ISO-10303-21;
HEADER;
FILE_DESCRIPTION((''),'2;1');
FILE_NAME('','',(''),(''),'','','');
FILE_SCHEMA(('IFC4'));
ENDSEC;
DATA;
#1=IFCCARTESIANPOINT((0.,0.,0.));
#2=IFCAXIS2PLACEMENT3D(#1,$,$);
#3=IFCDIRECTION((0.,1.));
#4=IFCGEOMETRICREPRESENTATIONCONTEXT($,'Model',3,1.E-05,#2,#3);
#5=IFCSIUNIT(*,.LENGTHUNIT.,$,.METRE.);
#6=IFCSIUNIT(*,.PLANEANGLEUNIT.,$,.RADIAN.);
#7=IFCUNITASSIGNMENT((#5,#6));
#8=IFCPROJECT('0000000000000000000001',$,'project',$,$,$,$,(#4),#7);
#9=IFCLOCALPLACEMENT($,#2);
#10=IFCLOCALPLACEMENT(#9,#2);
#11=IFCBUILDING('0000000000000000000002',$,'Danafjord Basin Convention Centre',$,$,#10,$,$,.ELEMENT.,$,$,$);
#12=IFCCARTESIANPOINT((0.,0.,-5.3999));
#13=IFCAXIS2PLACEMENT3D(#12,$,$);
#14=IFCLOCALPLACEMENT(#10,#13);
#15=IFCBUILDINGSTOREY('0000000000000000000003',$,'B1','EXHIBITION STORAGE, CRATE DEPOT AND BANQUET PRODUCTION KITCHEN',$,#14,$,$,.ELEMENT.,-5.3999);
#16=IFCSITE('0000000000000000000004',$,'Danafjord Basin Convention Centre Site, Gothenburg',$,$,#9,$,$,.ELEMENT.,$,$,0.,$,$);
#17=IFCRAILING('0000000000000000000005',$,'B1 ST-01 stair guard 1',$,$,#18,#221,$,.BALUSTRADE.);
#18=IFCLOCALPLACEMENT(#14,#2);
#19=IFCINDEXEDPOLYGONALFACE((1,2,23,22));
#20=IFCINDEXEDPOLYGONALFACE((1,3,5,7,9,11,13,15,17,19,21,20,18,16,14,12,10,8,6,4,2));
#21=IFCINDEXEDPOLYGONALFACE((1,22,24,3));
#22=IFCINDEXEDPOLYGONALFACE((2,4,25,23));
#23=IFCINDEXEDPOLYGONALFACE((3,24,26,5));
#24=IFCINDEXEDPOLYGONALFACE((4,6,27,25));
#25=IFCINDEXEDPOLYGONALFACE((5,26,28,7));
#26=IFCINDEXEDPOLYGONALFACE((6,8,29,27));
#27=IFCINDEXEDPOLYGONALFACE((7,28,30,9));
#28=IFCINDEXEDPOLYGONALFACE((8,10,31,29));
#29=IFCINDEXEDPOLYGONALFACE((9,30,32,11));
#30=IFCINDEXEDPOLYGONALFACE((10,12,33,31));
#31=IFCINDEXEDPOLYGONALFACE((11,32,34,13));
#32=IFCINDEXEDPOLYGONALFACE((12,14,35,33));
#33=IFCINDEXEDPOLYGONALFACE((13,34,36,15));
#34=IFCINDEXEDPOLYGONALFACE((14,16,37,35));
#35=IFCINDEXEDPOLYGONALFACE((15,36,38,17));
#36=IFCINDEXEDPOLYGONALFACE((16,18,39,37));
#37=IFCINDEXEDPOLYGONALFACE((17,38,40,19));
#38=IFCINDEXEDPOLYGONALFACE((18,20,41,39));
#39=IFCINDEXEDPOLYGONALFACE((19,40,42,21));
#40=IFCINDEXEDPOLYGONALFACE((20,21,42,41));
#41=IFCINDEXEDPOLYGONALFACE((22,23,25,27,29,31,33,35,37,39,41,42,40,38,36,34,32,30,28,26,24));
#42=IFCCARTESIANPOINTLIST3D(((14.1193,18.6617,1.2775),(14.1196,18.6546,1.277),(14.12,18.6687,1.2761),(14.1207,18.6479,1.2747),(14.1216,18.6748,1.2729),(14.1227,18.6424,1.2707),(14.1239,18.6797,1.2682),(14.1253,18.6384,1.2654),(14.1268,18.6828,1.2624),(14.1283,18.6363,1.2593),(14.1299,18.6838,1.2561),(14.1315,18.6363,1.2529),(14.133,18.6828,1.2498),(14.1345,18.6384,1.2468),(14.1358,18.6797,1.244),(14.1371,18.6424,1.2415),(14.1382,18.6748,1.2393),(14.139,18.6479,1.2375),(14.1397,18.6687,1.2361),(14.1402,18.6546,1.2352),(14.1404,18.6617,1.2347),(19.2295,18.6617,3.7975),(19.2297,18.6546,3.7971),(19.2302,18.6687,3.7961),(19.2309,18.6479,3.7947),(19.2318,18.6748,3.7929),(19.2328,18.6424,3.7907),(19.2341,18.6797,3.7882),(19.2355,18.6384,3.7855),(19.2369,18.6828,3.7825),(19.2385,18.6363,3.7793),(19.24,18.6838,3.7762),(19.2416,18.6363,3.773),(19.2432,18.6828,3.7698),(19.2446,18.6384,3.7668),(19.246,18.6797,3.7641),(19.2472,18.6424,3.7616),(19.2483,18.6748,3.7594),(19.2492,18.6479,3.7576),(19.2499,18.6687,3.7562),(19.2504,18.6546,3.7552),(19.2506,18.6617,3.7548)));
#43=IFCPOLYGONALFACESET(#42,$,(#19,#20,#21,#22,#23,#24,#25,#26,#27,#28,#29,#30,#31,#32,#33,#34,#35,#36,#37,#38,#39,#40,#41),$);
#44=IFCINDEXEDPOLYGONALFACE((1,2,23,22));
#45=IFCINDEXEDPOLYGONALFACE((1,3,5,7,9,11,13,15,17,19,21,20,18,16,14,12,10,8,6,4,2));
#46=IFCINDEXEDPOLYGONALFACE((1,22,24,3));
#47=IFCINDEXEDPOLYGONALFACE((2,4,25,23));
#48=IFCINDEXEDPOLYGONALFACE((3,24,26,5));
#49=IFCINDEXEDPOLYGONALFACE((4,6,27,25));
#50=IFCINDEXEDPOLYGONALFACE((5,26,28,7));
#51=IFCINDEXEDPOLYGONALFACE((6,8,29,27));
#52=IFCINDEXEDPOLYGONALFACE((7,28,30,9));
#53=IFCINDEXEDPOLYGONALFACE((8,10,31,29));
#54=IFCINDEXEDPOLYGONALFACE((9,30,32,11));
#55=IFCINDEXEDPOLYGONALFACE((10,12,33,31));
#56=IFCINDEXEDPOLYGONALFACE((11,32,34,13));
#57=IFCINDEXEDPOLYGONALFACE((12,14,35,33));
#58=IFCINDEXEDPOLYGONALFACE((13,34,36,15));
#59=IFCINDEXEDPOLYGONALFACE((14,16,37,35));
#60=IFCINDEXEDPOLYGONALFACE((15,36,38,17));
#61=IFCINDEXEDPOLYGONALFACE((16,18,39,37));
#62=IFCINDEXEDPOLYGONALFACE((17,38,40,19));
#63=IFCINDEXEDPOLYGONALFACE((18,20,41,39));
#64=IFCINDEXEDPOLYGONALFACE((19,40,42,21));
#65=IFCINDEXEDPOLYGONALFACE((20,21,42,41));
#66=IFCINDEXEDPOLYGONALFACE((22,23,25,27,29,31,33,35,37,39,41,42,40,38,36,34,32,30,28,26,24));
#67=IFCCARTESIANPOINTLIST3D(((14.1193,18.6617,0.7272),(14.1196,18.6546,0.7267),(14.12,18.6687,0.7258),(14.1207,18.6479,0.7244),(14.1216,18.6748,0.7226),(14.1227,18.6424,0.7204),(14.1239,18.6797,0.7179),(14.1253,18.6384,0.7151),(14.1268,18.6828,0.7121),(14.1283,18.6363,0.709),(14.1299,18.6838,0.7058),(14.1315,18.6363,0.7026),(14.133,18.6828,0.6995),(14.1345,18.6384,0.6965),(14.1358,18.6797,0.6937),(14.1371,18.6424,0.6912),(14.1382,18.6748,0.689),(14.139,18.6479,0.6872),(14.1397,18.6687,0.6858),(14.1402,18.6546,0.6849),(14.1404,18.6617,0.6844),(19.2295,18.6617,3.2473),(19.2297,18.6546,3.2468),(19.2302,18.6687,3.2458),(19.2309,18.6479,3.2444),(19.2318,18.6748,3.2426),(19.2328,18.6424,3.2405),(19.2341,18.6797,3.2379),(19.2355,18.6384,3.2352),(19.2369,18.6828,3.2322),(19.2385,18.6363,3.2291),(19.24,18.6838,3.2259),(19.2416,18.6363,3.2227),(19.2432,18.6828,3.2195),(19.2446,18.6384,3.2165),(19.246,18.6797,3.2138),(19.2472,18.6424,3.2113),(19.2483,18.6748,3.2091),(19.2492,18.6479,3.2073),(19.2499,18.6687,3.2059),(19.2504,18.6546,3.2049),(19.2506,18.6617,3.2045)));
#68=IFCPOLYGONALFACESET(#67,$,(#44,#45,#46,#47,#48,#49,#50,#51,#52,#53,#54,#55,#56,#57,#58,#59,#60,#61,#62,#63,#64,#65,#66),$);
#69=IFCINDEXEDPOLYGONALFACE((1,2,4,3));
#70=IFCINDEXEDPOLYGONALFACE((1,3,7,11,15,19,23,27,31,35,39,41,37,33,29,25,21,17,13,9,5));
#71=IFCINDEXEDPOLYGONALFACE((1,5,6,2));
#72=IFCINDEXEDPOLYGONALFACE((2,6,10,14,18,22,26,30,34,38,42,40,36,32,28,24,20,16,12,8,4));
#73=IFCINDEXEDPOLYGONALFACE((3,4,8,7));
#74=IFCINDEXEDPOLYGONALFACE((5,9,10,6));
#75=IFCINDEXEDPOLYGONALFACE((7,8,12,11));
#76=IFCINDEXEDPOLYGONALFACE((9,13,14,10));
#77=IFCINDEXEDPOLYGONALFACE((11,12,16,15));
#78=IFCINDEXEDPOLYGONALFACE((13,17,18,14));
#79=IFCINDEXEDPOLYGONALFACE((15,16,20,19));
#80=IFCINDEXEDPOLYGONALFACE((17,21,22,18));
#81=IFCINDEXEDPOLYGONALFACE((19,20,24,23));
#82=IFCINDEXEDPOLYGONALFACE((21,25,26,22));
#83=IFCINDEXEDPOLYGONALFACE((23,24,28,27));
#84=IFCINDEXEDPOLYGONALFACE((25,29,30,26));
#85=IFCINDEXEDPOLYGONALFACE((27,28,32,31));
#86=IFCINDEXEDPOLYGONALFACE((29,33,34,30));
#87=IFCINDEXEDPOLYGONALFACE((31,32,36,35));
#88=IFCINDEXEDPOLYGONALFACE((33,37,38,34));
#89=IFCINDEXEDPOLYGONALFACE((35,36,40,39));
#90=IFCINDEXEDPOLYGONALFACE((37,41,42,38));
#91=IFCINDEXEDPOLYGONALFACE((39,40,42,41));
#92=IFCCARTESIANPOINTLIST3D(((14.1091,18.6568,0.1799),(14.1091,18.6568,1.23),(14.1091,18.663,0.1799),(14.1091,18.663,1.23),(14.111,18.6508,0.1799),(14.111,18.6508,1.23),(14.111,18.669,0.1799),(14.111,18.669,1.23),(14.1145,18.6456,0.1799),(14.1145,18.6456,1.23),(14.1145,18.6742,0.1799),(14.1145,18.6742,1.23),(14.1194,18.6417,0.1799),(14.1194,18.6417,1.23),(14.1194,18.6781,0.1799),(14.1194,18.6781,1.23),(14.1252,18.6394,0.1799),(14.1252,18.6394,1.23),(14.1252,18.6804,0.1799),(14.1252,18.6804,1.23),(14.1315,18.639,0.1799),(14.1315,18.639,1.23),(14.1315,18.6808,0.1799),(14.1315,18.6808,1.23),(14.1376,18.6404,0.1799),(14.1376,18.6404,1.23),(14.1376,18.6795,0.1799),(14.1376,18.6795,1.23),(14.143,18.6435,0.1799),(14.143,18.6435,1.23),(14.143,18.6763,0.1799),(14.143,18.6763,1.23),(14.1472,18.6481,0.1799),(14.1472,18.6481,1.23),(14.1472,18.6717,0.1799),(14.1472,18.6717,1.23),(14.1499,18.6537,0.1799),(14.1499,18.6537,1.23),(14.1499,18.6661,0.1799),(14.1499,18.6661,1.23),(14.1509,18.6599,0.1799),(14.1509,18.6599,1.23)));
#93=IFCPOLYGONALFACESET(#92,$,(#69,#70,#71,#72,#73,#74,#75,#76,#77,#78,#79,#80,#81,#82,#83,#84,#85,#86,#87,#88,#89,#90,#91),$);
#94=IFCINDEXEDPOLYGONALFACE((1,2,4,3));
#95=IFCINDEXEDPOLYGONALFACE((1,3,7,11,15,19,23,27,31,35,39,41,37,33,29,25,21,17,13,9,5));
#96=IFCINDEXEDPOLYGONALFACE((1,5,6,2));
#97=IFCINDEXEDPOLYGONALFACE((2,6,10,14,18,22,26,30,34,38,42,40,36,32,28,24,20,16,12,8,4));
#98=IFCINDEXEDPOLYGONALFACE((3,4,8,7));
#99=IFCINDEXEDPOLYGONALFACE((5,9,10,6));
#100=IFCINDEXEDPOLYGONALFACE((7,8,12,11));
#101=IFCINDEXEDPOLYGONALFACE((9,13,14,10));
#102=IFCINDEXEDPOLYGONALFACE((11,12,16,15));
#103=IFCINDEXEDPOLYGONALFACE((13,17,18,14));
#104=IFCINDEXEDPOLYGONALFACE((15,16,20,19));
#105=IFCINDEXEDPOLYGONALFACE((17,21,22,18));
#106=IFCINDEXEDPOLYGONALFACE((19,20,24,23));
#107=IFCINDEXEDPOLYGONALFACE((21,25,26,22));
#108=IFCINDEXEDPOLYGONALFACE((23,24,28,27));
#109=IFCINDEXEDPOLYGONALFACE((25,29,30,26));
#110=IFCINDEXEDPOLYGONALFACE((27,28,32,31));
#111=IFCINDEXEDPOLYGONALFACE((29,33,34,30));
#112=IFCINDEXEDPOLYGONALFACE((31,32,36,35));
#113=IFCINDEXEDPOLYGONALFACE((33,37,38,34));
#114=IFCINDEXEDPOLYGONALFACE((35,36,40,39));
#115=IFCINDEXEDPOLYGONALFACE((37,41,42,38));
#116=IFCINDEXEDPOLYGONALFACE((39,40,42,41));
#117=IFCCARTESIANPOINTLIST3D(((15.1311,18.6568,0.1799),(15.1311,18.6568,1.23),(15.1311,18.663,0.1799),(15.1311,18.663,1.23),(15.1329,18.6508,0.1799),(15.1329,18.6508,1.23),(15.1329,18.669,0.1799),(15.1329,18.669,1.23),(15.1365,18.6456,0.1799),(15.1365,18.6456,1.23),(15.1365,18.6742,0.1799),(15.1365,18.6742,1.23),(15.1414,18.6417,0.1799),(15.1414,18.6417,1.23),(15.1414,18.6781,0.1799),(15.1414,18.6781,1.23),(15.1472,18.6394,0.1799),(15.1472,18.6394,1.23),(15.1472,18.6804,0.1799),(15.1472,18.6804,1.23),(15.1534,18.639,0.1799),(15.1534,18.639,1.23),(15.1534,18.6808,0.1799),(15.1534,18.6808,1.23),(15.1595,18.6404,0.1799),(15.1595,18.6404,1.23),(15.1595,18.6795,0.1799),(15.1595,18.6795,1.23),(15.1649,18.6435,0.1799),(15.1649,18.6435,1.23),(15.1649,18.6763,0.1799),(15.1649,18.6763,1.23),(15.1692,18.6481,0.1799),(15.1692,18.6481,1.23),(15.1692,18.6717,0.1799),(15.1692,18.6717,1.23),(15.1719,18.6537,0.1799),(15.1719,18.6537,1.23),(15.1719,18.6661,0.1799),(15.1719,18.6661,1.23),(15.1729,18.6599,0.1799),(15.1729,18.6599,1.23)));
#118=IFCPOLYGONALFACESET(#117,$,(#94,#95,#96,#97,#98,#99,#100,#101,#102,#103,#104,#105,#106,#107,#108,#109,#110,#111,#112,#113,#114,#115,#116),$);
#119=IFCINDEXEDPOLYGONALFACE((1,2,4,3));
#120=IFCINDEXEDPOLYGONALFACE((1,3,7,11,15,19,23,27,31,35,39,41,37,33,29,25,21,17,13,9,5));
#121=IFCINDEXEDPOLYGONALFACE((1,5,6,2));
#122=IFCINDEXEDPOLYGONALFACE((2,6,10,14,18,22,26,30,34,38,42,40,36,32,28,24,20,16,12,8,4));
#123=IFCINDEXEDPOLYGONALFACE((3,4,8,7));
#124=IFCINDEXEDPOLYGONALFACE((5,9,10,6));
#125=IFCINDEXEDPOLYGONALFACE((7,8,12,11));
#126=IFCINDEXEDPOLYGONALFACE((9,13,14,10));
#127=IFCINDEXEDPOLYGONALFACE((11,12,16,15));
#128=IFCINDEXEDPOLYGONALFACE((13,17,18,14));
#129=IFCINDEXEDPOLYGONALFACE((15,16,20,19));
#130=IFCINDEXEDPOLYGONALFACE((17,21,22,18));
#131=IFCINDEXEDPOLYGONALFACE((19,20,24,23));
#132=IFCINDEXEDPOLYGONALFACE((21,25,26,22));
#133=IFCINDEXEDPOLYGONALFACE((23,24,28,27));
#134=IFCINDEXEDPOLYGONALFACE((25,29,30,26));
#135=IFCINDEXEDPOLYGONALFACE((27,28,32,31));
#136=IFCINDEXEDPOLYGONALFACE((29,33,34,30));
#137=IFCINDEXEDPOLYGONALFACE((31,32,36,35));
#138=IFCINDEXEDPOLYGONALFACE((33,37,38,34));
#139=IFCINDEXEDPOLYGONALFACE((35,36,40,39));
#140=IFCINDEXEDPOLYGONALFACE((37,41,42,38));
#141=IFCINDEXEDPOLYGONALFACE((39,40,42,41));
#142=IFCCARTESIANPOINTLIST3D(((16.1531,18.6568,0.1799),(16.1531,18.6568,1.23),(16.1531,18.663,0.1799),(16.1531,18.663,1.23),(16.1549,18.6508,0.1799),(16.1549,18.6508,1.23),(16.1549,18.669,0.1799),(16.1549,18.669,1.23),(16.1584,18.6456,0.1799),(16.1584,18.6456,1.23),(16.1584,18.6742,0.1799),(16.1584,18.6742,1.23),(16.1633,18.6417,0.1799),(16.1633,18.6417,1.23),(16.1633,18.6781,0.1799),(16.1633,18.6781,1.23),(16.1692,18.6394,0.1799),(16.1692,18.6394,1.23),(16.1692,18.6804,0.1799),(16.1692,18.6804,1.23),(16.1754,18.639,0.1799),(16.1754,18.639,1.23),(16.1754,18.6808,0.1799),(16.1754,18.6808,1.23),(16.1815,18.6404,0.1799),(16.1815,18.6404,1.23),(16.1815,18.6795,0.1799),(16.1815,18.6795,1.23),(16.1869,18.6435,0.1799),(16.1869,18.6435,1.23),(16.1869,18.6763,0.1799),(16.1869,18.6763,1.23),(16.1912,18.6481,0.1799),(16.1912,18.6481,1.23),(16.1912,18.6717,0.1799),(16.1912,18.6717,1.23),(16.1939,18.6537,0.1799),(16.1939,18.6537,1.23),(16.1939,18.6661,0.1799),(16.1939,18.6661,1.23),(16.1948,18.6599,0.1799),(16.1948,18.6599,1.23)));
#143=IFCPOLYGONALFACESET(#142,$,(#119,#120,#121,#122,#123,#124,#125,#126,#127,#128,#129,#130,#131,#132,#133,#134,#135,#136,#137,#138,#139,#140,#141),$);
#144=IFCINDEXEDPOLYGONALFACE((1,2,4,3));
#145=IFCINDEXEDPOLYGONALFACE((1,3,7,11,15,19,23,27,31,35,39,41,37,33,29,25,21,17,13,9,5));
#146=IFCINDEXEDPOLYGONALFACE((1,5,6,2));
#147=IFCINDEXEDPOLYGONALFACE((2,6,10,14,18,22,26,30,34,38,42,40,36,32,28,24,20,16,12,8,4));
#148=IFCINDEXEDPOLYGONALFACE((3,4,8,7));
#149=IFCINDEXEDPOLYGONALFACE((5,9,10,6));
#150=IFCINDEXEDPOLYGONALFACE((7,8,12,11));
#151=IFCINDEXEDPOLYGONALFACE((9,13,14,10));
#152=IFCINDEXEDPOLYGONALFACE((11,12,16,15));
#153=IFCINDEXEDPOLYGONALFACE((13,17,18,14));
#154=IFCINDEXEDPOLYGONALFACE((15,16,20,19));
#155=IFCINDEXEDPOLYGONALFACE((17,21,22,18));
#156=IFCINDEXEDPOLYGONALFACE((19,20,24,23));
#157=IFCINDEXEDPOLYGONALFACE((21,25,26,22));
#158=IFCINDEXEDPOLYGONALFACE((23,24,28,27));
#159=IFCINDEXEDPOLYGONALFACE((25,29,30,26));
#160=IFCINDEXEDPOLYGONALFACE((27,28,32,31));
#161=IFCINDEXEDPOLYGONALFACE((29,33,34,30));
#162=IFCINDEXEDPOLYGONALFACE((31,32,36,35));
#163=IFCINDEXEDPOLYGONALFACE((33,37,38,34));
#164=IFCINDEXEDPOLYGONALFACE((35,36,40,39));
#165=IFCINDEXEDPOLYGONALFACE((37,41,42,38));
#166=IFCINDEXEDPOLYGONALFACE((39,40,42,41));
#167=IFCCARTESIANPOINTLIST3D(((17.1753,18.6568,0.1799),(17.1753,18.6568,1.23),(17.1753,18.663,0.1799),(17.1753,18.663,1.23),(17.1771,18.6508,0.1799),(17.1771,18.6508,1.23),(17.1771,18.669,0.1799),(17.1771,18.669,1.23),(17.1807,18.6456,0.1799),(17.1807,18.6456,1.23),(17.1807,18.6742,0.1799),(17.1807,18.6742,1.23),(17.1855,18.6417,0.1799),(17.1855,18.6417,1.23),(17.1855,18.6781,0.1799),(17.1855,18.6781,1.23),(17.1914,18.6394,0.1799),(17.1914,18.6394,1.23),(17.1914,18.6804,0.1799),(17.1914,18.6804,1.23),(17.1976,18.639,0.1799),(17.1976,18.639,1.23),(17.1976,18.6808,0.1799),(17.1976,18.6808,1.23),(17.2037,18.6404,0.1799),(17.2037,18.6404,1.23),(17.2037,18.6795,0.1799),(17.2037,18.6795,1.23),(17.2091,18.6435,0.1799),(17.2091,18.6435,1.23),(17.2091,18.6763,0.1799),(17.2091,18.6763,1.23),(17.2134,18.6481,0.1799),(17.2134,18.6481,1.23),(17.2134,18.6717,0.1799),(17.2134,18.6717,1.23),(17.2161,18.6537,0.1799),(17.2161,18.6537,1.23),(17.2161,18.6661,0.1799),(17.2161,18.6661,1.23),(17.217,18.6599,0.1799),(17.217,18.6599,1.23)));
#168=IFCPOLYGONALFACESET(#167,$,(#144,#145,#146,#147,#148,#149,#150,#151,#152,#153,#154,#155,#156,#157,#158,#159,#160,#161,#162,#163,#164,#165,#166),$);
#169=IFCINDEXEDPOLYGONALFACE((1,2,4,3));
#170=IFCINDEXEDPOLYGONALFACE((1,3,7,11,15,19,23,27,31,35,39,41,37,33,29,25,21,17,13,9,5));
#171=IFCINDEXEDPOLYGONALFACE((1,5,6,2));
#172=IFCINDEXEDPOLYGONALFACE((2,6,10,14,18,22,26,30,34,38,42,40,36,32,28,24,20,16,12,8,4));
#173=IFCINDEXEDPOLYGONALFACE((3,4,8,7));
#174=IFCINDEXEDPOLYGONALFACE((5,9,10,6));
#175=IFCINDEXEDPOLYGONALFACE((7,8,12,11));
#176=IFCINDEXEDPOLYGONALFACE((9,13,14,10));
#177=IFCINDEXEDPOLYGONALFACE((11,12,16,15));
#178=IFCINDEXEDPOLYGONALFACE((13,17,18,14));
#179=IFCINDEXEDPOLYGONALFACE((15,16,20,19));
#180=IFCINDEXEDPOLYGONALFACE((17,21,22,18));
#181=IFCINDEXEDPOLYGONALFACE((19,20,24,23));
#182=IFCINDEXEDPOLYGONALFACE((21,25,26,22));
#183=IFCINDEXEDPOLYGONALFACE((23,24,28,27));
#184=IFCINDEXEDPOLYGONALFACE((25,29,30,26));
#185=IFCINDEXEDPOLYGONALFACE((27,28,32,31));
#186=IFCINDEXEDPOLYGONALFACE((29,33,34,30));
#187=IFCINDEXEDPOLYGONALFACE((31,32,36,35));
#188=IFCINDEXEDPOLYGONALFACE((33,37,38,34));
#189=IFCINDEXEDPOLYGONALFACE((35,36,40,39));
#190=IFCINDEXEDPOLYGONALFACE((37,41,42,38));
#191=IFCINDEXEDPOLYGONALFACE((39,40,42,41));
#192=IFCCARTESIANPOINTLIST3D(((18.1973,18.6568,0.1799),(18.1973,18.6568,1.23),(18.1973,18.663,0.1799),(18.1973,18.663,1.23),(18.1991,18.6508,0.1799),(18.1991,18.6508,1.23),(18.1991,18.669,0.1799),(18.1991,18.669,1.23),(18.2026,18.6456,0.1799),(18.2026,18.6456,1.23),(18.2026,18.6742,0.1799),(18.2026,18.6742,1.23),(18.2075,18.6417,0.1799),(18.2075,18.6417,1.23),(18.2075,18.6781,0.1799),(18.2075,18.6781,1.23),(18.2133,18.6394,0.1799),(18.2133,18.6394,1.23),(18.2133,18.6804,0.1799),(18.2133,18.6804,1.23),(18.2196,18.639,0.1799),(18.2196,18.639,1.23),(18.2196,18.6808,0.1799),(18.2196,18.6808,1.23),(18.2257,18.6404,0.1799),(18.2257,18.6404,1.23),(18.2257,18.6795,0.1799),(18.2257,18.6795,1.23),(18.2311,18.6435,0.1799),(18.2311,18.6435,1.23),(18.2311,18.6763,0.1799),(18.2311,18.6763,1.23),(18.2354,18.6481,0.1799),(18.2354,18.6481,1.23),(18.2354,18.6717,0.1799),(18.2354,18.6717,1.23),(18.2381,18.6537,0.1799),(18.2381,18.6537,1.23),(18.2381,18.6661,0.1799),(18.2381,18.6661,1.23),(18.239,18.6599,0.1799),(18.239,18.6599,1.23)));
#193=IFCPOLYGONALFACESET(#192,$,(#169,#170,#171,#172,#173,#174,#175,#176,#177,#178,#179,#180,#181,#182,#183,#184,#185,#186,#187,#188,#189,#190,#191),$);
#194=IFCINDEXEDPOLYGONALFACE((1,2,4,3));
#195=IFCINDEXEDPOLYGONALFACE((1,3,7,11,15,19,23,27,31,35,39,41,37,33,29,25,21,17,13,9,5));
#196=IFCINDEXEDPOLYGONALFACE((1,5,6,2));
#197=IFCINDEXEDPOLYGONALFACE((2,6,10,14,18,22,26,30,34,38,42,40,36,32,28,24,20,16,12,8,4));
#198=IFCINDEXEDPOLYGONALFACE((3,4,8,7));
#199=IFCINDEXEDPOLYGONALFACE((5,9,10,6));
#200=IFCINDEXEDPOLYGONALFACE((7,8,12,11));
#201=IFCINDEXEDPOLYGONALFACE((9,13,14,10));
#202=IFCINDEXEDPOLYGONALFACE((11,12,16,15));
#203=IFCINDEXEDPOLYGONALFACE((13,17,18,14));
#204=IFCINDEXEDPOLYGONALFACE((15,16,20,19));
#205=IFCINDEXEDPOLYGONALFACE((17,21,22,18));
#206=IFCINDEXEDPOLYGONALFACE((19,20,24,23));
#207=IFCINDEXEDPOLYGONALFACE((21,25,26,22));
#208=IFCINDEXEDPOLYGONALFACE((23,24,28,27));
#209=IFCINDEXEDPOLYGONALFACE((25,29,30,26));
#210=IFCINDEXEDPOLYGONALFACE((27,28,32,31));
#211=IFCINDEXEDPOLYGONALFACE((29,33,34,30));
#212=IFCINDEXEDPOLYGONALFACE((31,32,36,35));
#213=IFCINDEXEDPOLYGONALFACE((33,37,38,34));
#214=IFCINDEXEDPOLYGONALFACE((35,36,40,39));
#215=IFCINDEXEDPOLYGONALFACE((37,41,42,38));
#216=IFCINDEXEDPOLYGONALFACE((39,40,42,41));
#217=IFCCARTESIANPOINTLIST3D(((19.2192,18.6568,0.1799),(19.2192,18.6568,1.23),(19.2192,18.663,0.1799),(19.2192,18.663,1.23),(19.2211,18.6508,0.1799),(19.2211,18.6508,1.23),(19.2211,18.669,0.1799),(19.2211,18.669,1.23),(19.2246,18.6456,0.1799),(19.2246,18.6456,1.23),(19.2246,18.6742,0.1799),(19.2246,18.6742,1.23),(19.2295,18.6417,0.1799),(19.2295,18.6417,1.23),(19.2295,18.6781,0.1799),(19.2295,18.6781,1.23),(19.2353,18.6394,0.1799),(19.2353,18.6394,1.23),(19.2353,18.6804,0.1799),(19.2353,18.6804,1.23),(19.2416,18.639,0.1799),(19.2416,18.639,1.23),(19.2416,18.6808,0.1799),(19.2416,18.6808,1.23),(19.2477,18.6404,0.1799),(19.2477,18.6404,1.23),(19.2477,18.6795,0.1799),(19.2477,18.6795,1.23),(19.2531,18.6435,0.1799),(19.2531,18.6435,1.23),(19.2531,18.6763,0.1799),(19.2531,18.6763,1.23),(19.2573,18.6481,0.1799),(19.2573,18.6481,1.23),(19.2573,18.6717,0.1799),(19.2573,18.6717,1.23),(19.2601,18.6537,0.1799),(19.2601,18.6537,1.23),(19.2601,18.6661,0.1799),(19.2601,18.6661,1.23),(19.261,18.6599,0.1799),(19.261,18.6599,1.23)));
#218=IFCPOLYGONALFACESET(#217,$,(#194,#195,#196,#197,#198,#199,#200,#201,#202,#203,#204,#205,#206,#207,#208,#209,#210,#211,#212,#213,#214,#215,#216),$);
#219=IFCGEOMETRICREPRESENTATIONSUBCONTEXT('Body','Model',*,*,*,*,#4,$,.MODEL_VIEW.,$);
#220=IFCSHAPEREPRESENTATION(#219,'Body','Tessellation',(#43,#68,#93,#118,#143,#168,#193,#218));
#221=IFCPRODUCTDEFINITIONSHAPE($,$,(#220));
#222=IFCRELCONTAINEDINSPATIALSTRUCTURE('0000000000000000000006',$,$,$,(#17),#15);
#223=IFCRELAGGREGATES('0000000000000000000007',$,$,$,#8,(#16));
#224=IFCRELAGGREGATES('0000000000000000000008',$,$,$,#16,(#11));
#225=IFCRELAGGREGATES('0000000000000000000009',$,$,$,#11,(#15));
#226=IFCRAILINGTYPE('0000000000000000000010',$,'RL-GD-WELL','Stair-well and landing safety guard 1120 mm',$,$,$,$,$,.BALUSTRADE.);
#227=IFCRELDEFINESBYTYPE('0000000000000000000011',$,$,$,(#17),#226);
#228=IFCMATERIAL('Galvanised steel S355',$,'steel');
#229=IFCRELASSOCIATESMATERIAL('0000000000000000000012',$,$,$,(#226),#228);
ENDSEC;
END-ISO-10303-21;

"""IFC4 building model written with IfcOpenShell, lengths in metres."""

from ifc_helpers import new_model, si_unit, direction, frame, origin, origin_2d, place, context, subcontext, project, spatial, circle, extrude, material, type_object, element, save


model = new_model("IFC4")

# Units and contexts
model_context = context("Model", 3, precision=1e-05, world=origin(), true_north=direction((0.0, 1.0)))
body_context = subcontext(model_context, "Body", "Model", "MODEL_VIEW")
ifc_project = project(units=[si_unit("LENGTHUNIT", "METRE"), si_unit("PLANEANGLEUNIT", "RADIAN")], contexts=[model_context])

# Site, building, storey
site_placement = place(None, origin())
site = spatial("IfcSite", under=ifc_project, at=site_placement, Name="Danafjord Basin Convention Centre Site, Gothenburg", CompositionType="ELEMENT", RefElevation=0.0)
building_placement = place(site_placement, origin())
building = spatial("IfcBuilding", under=site, at=building_placement, Name="Danafjord Basin Convention Centre", CompositionType="ELEMENT")
storey_placement = place(building_placement, frame((0.0, 0.0, -5.3999)))
storey = spatial("IfcBuildingStorey", under=building, at=storey_placement, Name="B1", Description="EXHIBITION STORAGE, CRATE DEPOT AND BANQUET PRODUCTION KITCHEN", CompositionType="ELEMENT", Elevation=-5.3999)

# Railing
ifc_material_1 = material(Name="Galvanised steel S355", Category="steel")
railing_type = type_object("IfcRailingType", Name="RL-GD-WELL", Description="Stair-well and landing safety guard 1120 mm", PredefinedType="BALUSTRADE", material=ifc_material_1)
railing_1_placement = place(storey_placement, frame((14.1299, 18.6599, 0.1799)))
element("IfcRailing", 1, at=railing_1_placement, inside=storey, type_object=railing_type, Name="B1 ST-01 stair guard 1", PredefinedType="BALUSTRADE", context=body_context, shape_type="SweptSolid", body=[
    extrude(circle(Radius=0.0239, at=origin_2d()), frame((0.0, 0.0, 1.0762), z_axis=(0.896873, 0.0, 0.442288), x_axis=(0.0, 1.0, 0.0)), (0.0, 0.0, 1.0), 5.6978),
    extrude(circle(Radius=0.0239, at=origin_2d()), frame((0.0, 0.0, 0.5259), z_axis=(0.896873, 0.0, 0.442288), x_axis=(0.0, 1.0, 0.0)), (0.0, 0.0, 1.0), 5.6978),
    extrude(circle(Radius=0.021, at=origin_2d()), origin(), (0.0, 0.0, 1.0), 1.05),
    extrude(circle(Radius=0.021, at=origin_2d()), frame((1.022, 0.0, 0.0)), (0.0, 0.0, 1.0), 1.05),
    extrude(circle(Radius=0.021, at=origin_2d()), frame((2.0439, 0.0, 0.0)), (0.0, 0.0, 1.0), 1.05),
    extrude(circle(Radius=0.021, at=origin_2d()), frame((3.0662, 0.0, 0.0)), (0.0, 0.0, 1.0), 1.05),
    extrude(circle(Radius=0.021, at=origin_2d()), frame((4.0881, 0.0, 0.0)), (0.0, 0.0, 1.0), 1.05),
    extrude(circle(Radius=0.021, at=origin_2d()), frame((5.1101, 0.0, 0.0)), (0.0, 0.0, 1.0), 1.05),
])

save(model, "model.ifc")
